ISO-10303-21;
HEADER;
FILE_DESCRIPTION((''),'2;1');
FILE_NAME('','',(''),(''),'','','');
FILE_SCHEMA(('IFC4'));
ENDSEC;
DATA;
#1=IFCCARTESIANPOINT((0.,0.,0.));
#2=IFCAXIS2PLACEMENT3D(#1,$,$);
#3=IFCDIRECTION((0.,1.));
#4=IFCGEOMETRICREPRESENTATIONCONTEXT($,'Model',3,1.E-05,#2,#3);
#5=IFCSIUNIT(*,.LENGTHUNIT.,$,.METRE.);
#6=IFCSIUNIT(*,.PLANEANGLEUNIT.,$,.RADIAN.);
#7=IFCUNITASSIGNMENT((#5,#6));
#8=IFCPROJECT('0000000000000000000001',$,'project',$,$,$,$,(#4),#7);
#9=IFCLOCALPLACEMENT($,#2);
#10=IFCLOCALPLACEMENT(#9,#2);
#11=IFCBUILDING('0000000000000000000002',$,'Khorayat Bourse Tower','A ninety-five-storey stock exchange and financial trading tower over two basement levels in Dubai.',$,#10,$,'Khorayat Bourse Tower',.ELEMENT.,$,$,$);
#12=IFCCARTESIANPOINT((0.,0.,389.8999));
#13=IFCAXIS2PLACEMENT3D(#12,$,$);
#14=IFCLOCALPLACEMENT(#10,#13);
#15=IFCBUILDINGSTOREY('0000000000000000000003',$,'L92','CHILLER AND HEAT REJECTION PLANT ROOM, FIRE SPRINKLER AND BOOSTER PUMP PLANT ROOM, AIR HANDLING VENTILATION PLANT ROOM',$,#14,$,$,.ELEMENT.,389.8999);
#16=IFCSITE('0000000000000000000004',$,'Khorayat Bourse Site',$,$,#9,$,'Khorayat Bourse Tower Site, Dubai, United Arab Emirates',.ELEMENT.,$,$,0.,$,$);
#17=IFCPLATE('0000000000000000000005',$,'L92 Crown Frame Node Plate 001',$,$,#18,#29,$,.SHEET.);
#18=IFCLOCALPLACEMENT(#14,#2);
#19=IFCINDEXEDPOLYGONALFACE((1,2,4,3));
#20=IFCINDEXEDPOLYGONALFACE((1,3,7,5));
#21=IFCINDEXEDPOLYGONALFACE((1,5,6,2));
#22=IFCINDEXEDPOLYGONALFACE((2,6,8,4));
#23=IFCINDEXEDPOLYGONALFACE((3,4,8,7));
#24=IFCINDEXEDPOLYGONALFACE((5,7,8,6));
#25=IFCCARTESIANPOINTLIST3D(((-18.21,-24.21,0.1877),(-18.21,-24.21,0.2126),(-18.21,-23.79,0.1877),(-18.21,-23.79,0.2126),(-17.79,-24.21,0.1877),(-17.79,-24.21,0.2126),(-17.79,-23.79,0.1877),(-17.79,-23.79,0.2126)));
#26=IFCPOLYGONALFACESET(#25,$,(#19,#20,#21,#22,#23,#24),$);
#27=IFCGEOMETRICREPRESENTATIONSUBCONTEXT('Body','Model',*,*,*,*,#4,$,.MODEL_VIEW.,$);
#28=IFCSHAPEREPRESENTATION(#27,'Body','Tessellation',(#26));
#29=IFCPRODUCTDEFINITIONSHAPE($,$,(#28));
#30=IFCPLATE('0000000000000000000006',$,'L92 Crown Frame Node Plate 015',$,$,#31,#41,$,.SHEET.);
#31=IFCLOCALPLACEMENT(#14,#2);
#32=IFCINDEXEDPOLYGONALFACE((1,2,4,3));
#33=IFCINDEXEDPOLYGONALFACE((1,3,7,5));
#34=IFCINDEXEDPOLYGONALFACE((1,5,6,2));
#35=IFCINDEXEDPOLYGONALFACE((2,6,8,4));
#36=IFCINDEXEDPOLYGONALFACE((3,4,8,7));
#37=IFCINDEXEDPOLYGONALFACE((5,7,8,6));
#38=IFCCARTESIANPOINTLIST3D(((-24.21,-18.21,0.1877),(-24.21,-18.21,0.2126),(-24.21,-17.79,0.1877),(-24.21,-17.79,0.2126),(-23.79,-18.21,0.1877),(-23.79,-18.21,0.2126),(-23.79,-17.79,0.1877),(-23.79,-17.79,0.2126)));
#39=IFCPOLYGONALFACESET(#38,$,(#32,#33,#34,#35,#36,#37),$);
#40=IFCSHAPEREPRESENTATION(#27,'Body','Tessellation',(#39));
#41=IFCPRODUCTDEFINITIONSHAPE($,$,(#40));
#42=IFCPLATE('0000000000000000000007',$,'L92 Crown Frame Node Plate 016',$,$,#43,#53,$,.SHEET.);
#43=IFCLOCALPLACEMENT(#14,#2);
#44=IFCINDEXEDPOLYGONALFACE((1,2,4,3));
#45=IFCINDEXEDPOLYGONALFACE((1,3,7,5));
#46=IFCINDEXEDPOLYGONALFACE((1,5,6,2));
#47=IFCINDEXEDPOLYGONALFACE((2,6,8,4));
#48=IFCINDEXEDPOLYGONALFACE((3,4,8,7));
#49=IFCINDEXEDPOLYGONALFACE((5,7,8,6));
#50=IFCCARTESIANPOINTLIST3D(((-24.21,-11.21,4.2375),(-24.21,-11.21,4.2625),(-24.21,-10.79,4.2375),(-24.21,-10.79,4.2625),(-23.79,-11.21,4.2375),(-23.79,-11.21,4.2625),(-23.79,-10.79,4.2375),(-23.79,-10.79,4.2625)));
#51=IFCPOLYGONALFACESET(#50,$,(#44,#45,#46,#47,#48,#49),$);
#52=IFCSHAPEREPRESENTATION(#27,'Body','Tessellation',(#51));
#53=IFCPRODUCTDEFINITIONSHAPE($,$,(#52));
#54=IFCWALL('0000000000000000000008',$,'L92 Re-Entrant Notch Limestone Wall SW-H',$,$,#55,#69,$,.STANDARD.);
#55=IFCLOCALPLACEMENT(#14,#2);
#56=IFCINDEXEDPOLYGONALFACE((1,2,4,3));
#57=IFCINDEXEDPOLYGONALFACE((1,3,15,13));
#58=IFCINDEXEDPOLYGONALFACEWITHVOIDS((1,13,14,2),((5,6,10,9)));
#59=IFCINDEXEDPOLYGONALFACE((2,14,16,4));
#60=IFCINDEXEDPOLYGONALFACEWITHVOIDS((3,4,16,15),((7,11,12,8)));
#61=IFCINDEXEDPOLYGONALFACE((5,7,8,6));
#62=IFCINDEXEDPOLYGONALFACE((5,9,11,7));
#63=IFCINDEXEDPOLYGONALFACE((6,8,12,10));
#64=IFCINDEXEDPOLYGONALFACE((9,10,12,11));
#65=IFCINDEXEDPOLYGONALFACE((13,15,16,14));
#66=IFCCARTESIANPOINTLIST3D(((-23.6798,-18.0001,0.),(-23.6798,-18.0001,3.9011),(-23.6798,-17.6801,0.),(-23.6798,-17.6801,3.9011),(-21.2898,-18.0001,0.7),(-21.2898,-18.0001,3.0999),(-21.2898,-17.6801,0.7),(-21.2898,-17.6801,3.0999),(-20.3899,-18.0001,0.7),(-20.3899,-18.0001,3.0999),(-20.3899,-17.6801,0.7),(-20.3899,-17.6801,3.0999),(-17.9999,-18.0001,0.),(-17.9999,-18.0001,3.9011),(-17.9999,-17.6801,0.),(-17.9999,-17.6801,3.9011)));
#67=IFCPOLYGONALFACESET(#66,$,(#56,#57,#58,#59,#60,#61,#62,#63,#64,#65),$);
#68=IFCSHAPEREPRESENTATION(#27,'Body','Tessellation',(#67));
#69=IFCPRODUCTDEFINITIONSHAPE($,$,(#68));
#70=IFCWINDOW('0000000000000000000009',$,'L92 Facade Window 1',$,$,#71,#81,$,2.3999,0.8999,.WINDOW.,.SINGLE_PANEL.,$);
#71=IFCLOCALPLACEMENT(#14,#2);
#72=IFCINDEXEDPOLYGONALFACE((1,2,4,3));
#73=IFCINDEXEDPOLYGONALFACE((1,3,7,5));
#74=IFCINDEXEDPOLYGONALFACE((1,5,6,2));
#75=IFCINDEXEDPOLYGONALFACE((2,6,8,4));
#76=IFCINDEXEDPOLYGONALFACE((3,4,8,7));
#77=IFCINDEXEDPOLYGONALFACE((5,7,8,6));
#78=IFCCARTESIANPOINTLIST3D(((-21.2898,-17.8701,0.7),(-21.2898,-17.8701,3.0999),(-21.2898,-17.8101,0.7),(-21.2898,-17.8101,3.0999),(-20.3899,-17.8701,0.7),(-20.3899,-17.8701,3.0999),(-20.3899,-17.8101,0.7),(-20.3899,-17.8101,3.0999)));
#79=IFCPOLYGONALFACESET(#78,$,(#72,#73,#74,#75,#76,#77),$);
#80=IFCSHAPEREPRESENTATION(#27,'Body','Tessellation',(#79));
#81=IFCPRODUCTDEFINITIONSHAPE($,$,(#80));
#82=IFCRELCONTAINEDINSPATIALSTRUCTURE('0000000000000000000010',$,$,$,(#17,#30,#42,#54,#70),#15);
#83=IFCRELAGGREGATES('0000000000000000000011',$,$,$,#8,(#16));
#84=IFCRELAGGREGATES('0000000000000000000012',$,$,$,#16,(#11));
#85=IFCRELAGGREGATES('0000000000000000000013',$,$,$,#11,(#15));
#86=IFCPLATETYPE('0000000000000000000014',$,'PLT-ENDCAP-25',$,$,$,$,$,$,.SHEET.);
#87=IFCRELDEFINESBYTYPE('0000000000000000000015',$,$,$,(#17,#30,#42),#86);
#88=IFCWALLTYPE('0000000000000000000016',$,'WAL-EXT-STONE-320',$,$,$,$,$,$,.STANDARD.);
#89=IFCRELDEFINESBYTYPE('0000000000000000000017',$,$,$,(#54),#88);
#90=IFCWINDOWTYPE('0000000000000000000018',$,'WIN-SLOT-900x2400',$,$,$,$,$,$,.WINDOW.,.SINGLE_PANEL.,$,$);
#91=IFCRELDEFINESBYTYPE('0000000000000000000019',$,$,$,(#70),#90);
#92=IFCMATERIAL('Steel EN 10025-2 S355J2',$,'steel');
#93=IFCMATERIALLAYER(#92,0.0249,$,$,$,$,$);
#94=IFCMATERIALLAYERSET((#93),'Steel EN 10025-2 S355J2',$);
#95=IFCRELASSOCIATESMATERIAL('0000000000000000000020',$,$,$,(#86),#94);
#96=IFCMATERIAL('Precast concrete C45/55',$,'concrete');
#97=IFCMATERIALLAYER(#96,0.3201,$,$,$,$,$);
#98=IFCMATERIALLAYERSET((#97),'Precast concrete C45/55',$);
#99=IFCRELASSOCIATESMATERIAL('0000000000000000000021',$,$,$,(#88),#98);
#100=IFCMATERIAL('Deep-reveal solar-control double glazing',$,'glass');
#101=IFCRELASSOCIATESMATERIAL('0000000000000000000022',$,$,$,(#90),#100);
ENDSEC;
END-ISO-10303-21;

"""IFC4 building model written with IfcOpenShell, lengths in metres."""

from ifc_helpers import new_model, si_unit, direction, frame, frame_2d, origin, origin_2d, place, context, subcontext, project, spatial, rectangle, extrude, source, transform, mapped, material, layer, layer_set, type_object, element, fill, save


model = new_model("IFC4")

# Units and contexts
model_context = context("Model", 3, precision=1e-05, world=origin(), true_north=direction((0.0, 1.0)))
body_context = subcontext(model_context, "Body", "Model", "MODEL_VIEW")
ifc_project = project(units=[si_unit("LENGTHUNIT", "METRE"), si_unit("PLANEANGLEUNIT", "RADIAN")], contexts=[model_context])

# Site, building, storey
site_placement = place(None, origin())
site = spatial("IfcSite", under=ifc_project, at=site_placement, Name="Khorayat Bourse Site", LongName="Khorayat Bourse Tower Site, Dubai, United Arab Emirates", CompositionType="ELEMENT", RefElevation=0.0)
building_placement = place(site_placement, origin())
building = spatial("IfcBuilding", under=site, at=building_placement, Name="Khorayat Bourse Tower", Description="A ninety-five-storey stock exchange and financial trading tower over two basement levels in Dubai.", LongName="Khorayat Bourse Tower", CompositionType="ELEMENT")
storey_placement = place(building_placement, frame((0.0, 0.0, 389.8999)))
storey = spatial("IfcBuildingStorey", under=building, at=storey_placement, Name="L92", Description="CHILLER AND HEAT REJECTION PLANT ROOM, FIRE SPRINKLER AND BOOSTER PUMP PLANT ROOM, AIR HANDLING VENTILATION PLANT ROOM", CompositionType="ELEMENT", Elevation=389.8999)

# Shared definitions
ifc_material_1 = material(Name="Steel EN 10025-2 S355J2", Category="steel")

# Plates
ifc_layer_1 = layer(ifc_material_1, 0.0249)
ifc_layer_set_1 = layer_set([ifc_layer_1], Name="Steel EN 10025-2 S355J2")
plate_type = type_object("IfcPlateType", Name="PLT-ENDCAP-25", PredefinedType="SHEET", material=ifc_layer_set_1)
shared_shape_1 = source(origin(), body_context, "Body", "SweptSolid", [
    extrude(rectangle(XDim=0.4199, YDim=0.4199, at=origin_2d()), origin(), (0.0, 0.0, 1.0), 0.0249),
])
for number, where, z_axis, x_axis, name in (
    (1, (-18.0, -24.0, 0.1877), (0.0, 0.0, 1.0), (1.0, 0.0, 0.0), "L92 Crown Frame Node Plate 001"),
    (2, (-24.0, -18.0, 0.1877), (0.0, 0.0, 1.0), (1.0, 0.0, 0.0), "L92 Crown Frame Node Plate 015"),
    (3, (-24.0, -11.0, 4.2375), (0.0, 0.0, 1.0), (1.0, 0.0, 0.0), "L92 Crown Frame Node Plate 016"),
):
    element("IfcPlate", number, at=place(storey_placement, frame(where, z_axis=z_axis, x_axis=x_axis)), inside=storey, type_object=plate_type, Name=name, PredefinedType="SHEET", context=body_context, shape_type="MappedRepresentation", body=[
        mapped(shared_shape_1, transform((0.0, 0.0, 0.0), scale=1.0)),
    ])

# Wall, opening, window
ifc_material_2 = material(Name="Precast concrete C45/55", Category="concrete")
ifc_layer_2 = layer(ifc_material_2, 0.3201)
ifc_layer_set_2 = layer_set([ifc_layer_2], Name="Precast concrete C45/55")
wall_type = type_object("IfcWallType", Name="WAL-EXT-STONE-320", PredefinedType="STANDARD", material=ifc_layer_set_2)
shared_shape_2 = source(origin(), body_context, "Body", "SweptSolid", [
    extrude(rectangle(XDim=5.6799, YDim=0.3201, at=frame_2d((2.8398, 0.0))), origin(), (0.0, 0.0, 1.0), 3.9011),
])
wall_placement = place(storey_placement, frame((-18.0, -17.8401, 0.0), z_axis=(0.0, 0.0, 1.0), x_axis=(-1.0, 0.0, 0.0)))
wall = element("IfcWall", 4, at=wall_placement, inside=storey, type_object=wall_type, Name="L92 Re-Entrant Notch Limestone Wall SW-H", PredefinedType="STANDARD", context=body_context, shape_type="MappedRepresentation", body=[
    mapped(shared_shape_2, transform((0.0, 0.0, 0.0), scale=1.0)),
])
shared_shape_3 = source(origin(), body_context, "Body", "SweptSolid", [
    extrude(rectangle(XDim=0.8999, YDim=2.3999, at=frame_2d((0.45, 1.2))), frame((0.0, 0.1699, 0.0), z_axis=(0.0, -1.0, 0.0), x_axis=(1.0, 0.0, 0.0)), (0.0, 0.0, 1.0), 0.3401),
])
opening_placement = place(wall_placement, frame((2.3899, 0.0, 0.7)))
opening = element("IfcOpeningElement", 5, at=opening_placement, cuts=wall, PredefinedType="OPENING", context=body_context, shape_type="MappedRepresentation", body=[
    mapped(shared_shape_3, transform((0.0, 0.0, 0.0), scale=1.0)),
])
ifc_material_3 = material(Name="Deep-reveal solar-control double glazing", Category="glass")
window_type = type_object("IfcWindowType", Name="WIN-SLOT-900x2400", PartitioningType="SINGLE_PANEL", PredefinedType="WINDOW", material=ifc_material_3)
shared_shape_4 = source(origin(), body_context, "Body", "SweptSolid", [
    extrude(rectangle(XDim=0.8999, YDim=2.3999, at=frame_2d((0.45, 1.2))), frame((0.0, 0.03, 0.0), z_axis=(0.0, -1.0, 0.0), x_axis=(1.0, 0.0, 0.0)), (0.0, 0.0, 1.0), 0.0601),
])
window_placement = place(opening_placement, origin())
window = element("IfcWindow", 6, at=window_placement, inside=storey, type_object=window_type, Name="L92 Facade Window 1", OverallHeight=2.3999, OverallWidth=0.8999, PartitioningType="SINGLE_PANEL", PredefinedType="WINDOW", context=body_context, shape_type="MappedRepresentation", body=[
    mapped(shared_shape_4, transform((0.0, 0.0, 0.0), scale=1.0)),
])
fill(opening, window)

save(model, "model.ifc")
